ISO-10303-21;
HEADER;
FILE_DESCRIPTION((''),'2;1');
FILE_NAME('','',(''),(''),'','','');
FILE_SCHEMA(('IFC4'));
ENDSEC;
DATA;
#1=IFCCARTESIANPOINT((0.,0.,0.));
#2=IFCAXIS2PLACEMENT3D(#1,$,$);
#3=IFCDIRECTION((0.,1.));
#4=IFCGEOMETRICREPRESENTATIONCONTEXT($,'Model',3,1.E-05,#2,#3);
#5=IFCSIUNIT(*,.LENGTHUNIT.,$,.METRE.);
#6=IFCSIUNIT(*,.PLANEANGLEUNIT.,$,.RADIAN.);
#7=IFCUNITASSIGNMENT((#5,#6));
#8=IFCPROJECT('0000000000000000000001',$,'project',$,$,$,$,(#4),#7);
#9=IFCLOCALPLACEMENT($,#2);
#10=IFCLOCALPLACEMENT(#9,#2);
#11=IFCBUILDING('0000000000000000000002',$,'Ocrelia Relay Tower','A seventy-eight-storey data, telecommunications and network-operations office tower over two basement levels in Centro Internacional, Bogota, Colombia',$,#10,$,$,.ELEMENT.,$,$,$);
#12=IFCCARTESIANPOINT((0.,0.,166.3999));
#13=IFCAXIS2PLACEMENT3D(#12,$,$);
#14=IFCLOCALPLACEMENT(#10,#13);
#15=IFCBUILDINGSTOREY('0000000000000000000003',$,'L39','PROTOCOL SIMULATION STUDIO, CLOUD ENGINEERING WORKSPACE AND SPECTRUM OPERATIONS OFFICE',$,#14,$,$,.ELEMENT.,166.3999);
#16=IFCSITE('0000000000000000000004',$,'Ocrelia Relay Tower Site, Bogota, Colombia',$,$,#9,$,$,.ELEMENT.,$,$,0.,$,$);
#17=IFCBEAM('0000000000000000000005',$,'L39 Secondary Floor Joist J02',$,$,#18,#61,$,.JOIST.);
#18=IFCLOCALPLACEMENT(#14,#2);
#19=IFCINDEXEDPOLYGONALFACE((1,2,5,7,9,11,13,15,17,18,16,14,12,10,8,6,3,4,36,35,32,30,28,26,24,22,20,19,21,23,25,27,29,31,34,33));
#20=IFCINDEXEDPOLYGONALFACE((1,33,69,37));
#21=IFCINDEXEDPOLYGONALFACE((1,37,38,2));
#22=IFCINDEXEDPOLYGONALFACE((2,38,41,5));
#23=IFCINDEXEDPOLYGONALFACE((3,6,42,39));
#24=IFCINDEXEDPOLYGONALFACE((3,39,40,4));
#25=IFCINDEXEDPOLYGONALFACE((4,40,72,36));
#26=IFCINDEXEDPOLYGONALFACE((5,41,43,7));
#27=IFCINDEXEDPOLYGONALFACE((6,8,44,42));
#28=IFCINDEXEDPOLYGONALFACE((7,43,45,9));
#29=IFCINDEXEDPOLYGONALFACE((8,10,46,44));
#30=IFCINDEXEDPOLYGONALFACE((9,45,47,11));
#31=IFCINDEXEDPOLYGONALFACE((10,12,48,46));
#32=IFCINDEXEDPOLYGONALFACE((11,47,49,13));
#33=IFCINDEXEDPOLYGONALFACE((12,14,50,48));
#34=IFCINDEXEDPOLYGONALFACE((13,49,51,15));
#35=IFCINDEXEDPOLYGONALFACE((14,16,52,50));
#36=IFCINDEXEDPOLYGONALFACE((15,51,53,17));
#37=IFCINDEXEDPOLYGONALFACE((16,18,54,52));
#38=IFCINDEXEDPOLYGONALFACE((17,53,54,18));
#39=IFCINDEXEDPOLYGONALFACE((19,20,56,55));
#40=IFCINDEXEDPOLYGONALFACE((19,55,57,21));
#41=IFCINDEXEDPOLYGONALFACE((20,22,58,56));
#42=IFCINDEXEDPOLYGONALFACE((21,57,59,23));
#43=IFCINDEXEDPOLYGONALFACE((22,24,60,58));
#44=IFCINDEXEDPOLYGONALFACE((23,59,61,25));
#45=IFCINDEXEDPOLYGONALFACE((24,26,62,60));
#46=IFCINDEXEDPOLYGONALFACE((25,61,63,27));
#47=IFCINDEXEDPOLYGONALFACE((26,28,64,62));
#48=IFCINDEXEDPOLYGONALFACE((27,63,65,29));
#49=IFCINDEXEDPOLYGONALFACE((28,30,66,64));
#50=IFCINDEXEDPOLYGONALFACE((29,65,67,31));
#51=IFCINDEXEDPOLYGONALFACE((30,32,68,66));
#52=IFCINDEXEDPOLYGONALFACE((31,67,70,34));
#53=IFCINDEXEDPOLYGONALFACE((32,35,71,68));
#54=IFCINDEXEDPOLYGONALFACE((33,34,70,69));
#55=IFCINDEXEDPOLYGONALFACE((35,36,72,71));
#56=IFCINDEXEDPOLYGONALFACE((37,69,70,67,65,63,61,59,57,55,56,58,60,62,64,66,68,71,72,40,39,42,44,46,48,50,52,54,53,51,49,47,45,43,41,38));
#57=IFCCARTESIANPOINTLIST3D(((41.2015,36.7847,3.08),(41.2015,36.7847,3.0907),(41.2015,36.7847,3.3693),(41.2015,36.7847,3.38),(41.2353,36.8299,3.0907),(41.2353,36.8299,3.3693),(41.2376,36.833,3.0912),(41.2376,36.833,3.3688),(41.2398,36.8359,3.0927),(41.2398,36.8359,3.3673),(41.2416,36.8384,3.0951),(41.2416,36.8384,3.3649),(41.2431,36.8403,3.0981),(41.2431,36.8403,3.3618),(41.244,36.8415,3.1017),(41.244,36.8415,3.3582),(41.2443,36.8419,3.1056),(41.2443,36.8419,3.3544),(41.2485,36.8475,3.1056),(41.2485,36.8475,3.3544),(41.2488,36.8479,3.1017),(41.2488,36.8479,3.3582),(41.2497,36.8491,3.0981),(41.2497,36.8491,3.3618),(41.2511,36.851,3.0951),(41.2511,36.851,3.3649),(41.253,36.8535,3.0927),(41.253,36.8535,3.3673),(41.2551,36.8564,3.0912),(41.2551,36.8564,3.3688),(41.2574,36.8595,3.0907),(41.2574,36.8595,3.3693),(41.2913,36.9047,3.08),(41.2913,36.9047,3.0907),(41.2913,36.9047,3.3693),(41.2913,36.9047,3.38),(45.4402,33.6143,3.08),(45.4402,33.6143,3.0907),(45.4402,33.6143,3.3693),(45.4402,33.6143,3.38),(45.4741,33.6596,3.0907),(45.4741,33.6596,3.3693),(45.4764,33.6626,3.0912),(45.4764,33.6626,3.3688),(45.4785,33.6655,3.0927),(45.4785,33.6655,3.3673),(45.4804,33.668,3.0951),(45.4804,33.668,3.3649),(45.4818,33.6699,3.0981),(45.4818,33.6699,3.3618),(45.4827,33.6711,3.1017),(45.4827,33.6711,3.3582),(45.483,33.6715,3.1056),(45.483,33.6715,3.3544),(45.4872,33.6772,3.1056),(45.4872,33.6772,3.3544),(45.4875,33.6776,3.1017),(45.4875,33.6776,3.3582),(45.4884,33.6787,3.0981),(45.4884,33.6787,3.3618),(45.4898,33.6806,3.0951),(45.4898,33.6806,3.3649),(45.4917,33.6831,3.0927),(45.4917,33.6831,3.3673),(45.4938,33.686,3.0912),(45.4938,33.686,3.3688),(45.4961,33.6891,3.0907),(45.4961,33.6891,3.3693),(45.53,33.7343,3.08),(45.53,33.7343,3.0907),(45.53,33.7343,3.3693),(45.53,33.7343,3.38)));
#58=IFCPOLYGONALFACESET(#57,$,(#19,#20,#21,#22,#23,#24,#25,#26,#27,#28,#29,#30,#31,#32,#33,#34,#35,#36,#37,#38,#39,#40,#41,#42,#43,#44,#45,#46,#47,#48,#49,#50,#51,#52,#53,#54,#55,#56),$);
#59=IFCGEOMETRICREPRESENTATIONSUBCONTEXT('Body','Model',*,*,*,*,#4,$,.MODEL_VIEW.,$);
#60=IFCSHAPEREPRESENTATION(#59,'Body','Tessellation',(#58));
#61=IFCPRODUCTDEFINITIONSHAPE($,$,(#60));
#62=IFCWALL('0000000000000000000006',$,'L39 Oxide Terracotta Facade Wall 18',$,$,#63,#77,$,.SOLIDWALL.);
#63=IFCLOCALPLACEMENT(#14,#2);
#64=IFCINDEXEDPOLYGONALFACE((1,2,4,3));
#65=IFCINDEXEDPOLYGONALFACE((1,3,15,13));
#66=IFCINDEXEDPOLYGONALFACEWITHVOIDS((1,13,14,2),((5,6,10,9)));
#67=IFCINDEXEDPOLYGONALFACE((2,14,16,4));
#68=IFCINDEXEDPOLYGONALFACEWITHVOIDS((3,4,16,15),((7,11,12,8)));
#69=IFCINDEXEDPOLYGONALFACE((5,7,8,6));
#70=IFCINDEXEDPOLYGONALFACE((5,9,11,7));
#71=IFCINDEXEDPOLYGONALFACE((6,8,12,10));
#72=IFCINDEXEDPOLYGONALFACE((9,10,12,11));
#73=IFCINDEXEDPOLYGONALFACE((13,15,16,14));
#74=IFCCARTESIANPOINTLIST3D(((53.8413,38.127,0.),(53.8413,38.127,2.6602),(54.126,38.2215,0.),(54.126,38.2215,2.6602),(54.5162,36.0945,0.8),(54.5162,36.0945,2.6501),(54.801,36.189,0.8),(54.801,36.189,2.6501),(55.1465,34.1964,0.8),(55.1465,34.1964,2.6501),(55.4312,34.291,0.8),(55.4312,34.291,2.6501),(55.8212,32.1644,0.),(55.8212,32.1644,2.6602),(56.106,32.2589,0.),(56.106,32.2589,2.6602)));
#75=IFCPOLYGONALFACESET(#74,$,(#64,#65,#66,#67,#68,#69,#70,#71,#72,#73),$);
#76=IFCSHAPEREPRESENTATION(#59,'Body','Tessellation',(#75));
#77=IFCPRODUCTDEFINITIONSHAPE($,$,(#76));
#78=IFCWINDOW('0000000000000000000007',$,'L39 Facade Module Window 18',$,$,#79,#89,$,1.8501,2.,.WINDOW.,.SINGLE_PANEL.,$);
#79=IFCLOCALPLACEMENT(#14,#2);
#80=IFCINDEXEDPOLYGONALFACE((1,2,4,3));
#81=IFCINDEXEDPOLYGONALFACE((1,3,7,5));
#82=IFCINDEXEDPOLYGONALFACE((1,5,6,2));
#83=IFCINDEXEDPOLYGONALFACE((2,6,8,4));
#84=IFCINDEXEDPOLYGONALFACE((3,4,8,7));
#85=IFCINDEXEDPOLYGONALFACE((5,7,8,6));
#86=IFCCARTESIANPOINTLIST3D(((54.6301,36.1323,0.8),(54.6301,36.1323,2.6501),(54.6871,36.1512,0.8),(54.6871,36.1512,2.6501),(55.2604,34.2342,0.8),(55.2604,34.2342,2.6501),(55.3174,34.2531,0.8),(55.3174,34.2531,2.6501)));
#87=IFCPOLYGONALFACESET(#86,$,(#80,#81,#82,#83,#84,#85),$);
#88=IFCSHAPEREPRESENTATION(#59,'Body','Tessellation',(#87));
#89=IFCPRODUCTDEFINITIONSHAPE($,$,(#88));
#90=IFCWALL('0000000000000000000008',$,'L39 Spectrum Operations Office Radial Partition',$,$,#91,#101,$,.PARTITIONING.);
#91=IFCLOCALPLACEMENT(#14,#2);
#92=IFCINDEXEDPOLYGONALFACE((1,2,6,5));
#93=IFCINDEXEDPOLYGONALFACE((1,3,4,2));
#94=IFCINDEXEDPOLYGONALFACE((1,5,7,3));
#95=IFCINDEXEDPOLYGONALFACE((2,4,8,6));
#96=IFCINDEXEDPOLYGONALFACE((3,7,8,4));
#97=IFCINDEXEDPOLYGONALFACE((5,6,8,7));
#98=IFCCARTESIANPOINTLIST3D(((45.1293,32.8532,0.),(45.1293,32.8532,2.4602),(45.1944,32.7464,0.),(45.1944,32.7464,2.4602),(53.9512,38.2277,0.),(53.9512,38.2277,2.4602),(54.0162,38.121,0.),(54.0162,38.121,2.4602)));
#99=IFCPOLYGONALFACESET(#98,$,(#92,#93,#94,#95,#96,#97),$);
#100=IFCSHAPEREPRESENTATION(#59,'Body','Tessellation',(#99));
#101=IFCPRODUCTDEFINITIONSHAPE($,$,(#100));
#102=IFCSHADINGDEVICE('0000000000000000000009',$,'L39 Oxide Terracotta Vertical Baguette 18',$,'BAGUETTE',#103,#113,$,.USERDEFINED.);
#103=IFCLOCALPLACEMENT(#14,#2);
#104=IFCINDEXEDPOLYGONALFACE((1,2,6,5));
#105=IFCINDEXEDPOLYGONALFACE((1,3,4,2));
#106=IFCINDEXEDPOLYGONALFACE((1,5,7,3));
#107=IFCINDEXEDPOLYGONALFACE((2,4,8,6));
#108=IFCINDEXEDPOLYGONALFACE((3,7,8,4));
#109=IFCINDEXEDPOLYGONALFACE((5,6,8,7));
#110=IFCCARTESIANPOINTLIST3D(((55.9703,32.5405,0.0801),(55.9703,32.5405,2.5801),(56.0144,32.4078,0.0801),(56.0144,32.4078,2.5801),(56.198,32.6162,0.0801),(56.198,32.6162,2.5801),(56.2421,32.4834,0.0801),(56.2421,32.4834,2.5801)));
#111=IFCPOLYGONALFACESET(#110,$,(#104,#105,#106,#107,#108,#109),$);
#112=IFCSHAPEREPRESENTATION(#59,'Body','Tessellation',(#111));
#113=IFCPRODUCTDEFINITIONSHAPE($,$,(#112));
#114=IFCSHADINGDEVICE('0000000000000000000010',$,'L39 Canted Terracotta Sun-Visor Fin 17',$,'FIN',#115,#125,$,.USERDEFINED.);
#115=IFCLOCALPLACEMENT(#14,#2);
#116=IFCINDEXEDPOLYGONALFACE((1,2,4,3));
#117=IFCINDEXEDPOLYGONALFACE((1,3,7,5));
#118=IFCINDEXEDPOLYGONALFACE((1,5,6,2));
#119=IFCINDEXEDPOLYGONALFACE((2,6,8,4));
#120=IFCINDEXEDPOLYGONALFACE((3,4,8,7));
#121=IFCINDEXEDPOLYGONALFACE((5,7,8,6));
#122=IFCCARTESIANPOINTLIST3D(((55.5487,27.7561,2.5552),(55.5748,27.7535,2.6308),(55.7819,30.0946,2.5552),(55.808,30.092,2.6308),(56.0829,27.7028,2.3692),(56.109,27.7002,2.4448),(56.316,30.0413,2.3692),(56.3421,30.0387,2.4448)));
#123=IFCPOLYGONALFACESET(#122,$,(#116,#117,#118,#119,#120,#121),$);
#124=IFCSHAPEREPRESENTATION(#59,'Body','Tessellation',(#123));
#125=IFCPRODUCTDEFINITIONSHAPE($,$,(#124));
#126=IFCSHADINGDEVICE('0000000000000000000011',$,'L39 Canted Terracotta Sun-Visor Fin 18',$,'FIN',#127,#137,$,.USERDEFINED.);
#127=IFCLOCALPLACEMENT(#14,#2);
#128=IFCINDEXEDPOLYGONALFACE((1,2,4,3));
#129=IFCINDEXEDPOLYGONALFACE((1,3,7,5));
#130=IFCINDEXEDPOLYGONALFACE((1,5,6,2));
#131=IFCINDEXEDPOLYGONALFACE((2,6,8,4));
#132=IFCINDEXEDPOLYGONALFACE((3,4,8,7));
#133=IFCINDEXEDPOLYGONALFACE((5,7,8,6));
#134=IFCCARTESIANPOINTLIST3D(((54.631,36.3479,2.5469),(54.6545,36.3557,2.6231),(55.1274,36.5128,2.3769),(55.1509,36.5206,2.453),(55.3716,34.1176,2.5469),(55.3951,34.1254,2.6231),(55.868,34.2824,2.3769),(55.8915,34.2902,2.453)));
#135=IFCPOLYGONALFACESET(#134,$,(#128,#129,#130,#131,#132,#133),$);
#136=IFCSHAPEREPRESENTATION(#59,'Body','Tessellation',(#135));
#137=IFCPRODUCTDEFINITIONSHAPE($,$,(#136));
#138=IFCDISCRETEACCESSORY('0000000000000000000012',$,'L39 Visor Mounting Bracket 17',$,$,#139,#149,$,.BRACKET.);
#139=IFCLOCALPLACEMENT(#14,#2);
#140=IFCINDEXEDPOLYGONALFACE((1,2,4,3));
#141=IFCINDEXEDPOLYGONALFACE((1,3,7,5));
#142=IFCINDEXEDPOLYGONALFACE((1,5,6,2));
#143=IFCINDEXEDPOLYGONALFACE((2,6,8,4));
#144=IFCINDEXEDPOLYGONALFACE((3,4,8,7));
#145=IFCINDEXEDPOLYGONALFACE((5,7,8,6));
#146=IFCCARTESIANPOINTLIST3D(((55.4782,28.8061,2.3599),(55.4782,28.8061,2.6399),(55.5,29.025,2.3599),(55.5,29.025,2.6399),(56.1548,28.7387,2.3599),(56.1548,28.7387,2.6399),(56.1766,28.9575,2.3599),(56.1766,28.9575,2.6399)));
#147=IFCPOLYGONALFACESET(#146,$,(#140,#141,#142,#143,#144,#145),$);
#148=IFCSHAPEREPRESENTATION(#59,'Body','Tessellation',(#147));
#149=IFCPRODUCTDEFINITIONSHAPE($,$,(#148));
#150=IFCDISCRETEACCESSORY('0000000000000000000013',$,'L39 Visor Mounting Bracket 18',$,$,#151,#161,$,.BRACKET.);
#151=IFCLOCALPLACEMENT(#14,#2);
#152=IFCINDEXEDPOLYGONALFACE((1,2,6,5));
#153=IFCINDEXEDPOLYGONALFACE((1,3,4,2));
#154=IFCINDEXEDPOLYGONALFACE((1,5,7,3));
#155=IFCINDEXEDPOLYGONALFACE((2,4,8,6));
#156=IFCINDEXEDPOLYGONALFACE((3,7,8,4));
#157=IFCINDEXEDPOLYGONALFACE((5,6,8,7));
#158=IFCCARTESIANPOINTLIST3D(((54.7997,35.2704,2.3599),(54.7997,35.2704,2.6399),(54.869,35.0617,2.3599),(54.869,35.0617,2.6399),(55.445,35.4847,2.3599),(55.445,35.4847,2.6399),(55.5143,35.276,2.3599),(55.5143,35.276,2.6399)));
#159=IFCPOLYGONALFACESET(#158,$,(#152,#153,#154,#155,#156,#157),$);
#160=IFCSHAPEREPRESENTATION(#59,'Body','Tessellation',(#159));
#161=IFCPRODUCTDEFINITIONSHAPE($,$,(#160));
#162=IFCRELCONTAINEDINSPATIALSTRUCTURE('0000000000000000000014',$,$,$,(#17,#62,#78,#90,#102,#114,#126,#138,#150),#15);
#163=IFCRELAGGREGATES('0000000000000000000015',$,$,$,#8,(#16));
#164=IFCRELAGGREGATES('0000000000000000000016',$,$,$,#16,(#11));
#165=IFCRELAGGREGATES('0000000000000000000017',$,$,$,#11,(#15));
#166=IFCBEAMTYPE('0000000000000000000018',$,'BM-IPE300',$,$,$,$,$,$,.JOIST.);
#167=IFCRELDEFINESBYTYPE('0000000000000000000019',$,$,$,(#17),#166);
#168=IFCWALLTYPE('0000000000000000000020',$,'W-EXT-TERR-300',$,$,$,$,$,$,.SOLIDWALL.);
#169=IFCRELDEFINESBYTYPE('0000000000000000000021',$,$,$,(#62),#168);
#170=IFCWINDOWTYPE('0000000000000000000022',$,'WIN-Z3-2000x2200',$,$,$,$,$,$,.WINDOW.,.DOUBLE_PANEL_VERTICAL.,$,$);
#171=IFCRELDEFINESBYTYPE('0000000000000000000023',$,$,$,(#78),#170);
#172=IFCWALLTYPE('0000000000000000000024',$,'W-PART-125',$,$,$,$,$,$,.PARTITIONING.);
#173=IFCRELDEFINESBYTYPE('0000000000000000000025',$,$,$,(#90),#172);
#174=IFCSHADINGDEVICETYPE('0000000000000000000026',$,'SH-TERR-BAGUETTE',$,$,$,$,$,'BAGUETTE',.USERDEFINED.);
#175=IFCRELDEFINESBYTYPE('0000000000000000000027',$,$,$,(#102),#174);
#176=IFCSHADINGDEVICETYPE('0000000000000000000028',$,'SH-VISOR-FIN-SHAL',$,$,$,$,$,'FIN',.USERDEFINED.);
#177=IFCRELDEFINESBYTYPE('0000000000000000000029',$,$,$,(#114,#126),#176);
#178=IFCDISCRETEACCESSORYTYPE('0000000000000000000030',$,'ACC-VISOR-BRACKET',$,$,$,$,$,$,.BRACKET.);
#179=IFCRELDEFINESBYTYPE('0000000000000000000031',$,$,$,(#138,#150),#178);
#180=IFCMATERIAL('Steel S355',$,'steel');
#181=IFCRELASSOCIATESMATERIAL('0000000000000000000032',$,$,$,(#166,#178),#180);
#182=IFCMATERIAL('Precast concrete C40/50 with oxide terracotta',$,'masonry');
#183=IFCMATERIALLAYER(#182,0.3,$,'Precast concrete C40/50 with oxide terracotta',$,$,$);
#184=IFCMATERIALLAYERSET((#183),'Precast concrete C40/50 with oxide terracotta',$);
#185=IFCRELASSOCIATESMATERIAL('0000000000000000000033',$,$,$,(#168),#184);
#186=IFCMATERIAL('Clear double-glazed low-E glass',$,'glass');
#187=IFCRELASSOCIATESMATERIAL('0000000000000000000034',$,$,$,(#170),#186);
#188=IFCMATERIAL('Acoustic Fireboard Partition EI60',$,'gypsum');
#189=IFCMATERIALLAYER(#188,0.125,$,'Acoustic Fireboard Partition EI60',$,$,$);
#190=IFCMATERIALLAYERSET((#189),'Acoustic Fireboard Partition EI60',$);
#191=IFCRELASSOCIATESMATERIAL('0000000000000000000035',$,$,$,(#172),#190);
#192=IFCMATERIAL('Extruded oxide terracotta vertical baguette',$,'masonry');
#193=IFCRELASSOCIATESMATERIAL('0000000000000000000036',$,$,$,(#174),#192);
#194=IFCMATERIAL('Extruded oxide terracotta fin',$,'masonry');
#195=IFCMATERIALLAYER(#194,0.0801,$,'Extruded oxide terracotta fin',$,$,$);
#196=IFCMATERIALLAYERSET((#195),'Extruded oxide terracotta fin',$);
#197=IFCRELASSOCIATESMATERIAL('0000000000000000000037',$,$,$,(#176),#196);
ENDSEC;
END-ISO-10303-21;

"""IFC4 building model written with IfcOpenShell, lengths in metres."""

from ifc_helpers import new_model, si_unit, direction, frame, frame_2d, origin, origin_2d, place, context, subcontext, project, spatial, rectangle, i_section, extrude, material, layer, layer_set, material_profile, profile_set, type_object, element, fill, save


model = new_model("IFC4")

# Units and contexts
model_context = context("Model", 3, precision=1e-05, world=origin(), true_north=direction((0.0, 1.0)))
body_context = subcontext(model_context, "Body", "Model", "MODEL_VIEW")
ifc_project = project(units=[si_unit("LENGTHUNIT", "METRE"), si_unit("PLANEANGLEUNIT", "RADIAN")], contexts=[model_context])

# Site, building, storey
site_placement = place(None, origin())
site = spatial("IfcSite", under=ifc_project, at=site_placement, Name="Ocrelia Relay Tower Site, Bogota, Colombia", CompositionType="ELEMENT", RefElevation=0.0)
building_placement = place(site_placement, origin())
building = spatial("IfcBuilding", under=site, at=building_placement, Name="Ocrelia Relay Tower", Description="A seventy-eight-storey data, telecommunications and network-operations office tower over two basement levels in Centro Internacional, Bogota, Colombia", CompositionType="ELEMENT")
storey_placement = place(building_placement, frame((0.0, 0.0, 166.3999)))
storey = spatial("IfcBuildingStorey", under=building, at=storey_placement, Name="L39", Description="PROTOCOL SIMULATION STUDIO, CLOUD ENGINEERING WORKSPACE AND SPECTRUM OPERATIONS OFFICE", CompositionType="ELEMENT", Elevation=166.3999)

# Beam
ifc_material_1 = material(Name="Steel S355", Category="steel")
ifc_material_profile_1 = material_profile(ifc_material_1, i_section(OverallWidth=0.1499, OverallDepth=0.3, WebThickness=0.0071, FlangeThickness=0.0107, FilletRadius=0.0149, at=origin_2d()), Name="IPE 300")
ifc_profile_set_1 = profile_set([ifc_material_profile_1], Name="Steel S355")
beam_type_1 = type_object("IfcBeamType", Name="BM-IPE300", PredefinedType="JOIST", material=ifc_profile_set_1)
beam_1_placement = place(storey_placement, frame((45.4851, 33.6743, 3.23), z_axis=(-0.800785, 0.598952, 0.0), x_axis=(-0.598952, -0.800785, 0.0)))
element("IfcBeam", 1, at=beam_1_placement, inside=storey, type_object=beam_type_1, Name="L39 Secondary Floor Joist J02", PredefinedType="JOIST", context=body_context, shape_type="SweptSolid", body=[
    extrude(i_section(OverallWidth=0.1499, OverallDepth=0.3, WebThickness=0.0071, FlangeThickness=0.0107, FilletRadius=0.0149, at=origin_2d()), origin(), (0.0, 0.0, 1.0), 5.2932),
])

# Wall, opening, window
ifc_material_2 = material(Name="Precast concrete C40/50 with oxide terracotta", Category="masonry")
ifc_layer_1 = layer(ifc_material_2, 0.3, Name="Precast concrete C40/50 with oxide terracotta")
ifc_layer_set_1 = layer_set([ifc_layer_1], Name="Precast concrete C40/50 with oxide terracotta")
wall_type_1 = type_object("IfcWallType", Name="W-EXT-TERR-300", PredefinedType="SOLIDWALL", material=ifc_layer_set_1)
wall_1_placement = place(storey_placement, frame((55.9636, 32.2117, 0.0), z_axis=(0.0, 0.0, 1.0), x_axis=(-0.315143, 0.949044, 0.0)))
wall_1 = element("IfcWall", 2, at=wall_1_placement, inside=storey, type_object=wall_type_1, Name="L39 Oxide Terracotta Facade Wall 18", PredefinedType="SOLIDWALL", context=body_context, shape_type="SweptSolid", body=[
    extrude(rectangle(XDim=6.2827, YDim=0.3, at=frame_2d((3.1414, 0.0))), origin(), (0.0, 0.0, 1.0), 2.6602),
])
opening_1_placement = place(wall_1_placement, frame((2.1411, 0.0, 0.8)))
opening_1 = element("IfcOpeningElement", 3, at=opening_1_placement, cuts=wall_1, PredefinedType="OPENING", context=body_context, shape_type="SweptSolid", body=[
    extrude(rectangle(XDim=2.0, YDim=1.8501, at=frame_2d((1.0, 0.925))), frame((0.0, 0.1602, 0.0), z_axis=(0.0, -1.0, 0.0), x_axis=(1.0, 0.0, 0.0)), (0.0, 0.0, 1.0), 0.3201),
])
ifc_material_3 = material(Name="Clear double-glazed low-E glass", Category="glass")
window_type = type_object("IfcWindowType", Name="WIN-Z3-2000x2200", PartitioningType="DOUBLE_PANEL_VERTICAL", PredefinedType="WINDOW", material=ifc_material_3)
window_placement = place(opening_1_placement, origin())
window = element("IfcWindow", 4, at=window_placement, inside=storey, type_object=window_type, Name="L39 Facade Module Window 18", OverallHeight=1.8501, OverallWidth=2.0, PartitioningType="SINGLE_PANEL", PredefinedType="WINDOW", context=body_context, shape_type="SweptSolid", body=[
    extrude(rectangle(XDim=2.0, YDim=1.8501, at=frame_2d((1.0, 0.925))), frame((0.0, 0.03, 0.0), z_axis=(0.0, -1.0, 0.0), x_axis=(1.0, 0.0, 0.0)), (0.0, 0.0, 1.0), 0.0601),
])
fill(opening_1, window)

# Wall
ifc_material_4 = material(Name="Acoustic Fireboard Partition EI60", Category="gypsum")
ifc_layer_2 = layer(ifc_material_4, 0.125, Name="Acoustic Fireboard Partition EI60")
ifc_layer_set_2 = layer_set([ifc_layer_2], Name="Acoustic Fireboard Partition EI60")
wall_type_2 = type_object("IfcWallType", Name="W-PART-125", PredefinedType="PARTITIONING", material=ifc_layer_set_2)
wall_2_placement = place(storey_placement, frame((45.1619, 32.7998, 0.0), z_axis=(0.0, 0.0, 1.0), x_axis=(0.853995, 0.520281, 0.0)))
element("IfcWall", 5, at=wall_2_placement, inside=storey, type_object=wall_type_2, Name="L39 Spectrum Operations Office Radial Partition", PredefinedType="PARTITIONING", context=body_context, shape_type="SweptSolid", body=[
    extrude(rectangle(XDim=10.3301, YDim=0.125, at=frame_2d((5.165, 0.0))), origin(), (0.0, 0.0, 1.0), 2.4602),
])

# Shading devices
ifc_material_5 = material(Name="Extruded oxide terracotta vertical baguette", Category="masonry")
shading_device_type_1 = type_object("IfcShadingDeviceType", Name="SH-TERR-BAGUETTE", ElementType="BAGUETTE", PredefinedType="USERDEFINED", material=ifc_material_5)
shading_device_1_placement = place(storey_placement, frame((56.1062, 32.512, 0.0801), z_axis=(0.0, 0.0, 1.0), x_axis=(-0.315148, 0.949042, 0.0)))
element("IfcShadingDevice", 6, at=shading_device_1_placement, inside=storey, type_object=shading_device_type_1, Name="L39 Oxide Terracotta Vertical Baguette 18", ObjectType="BAGUETTE", PredefinedType="USERDEFINED", context=body_context, shape_type="SweptSolid", body=[
    extrude(rectangle(XDim=0.1399, YDim=0.24, at=origin_2d()), origin(), (0.0, 0.0, 1.0), 2.5),
])
ifc_material_6 = material(Name="Extruded oxide terracotta fin", Category="masonry")
ifc_layer_3 = layer(ifc_material_6, 0.0801, Name="Extruded oxide terracotta fin")
ifc_layer_set_3 = layer_set([ifc_layer_3], Name="Extruded oxide terracotta fin")
shading_device_type_2 = type_object("IfcShadingDeviceType", Name="SH-VISOR-FIN-SHAL", ElementType="FIN", PredefinedType="USERDEFINED", material=ifc_layer_set_3)
shading_device_2_placement = place(storey_placement, frame((55.9324, 28.8987, 2.4622), z_axis=(0.325768, -0.032481, 0.944892), x_axis=(0.099215, 0.995066, 0.0)))
element("IfcShadingDevice", 7, at=shading_device_2_placement, inside=storey, type_object=shading_device_type_2, Name="L39 Canted Terracotta Sun-Visor Fin 17", ObjectType="FIN", PredefinedType="USERDEFINED", context=body_context, shape_type="SweptSolid", body=[
    extrude(rectangle(XDim=2.3501, YDim=0.5681, at=origin_2d()), origin(), (0.0, 0.0, 1.0), 0.0801),
])
shading_device_3_placement = place(storey_placement, frame((55.2495, 35.3152, 2.4619), z_axis=(0.293428, 0.097439, 0.951003), x_axis=(-0.315148, 0.949042, 0.0)))
element("IfcShadingDevice", 8, at=shading_device_3_placement, inside=storey, type_object=shading_device_type_2, Name="L39 Canted Terracotta Sun-Visor Fin 18", ObjectType="FIN", PredefinedType="USERDEFINED", context=body_context, shape_type="SweptSolid", body=[
    extrude(rectangle(XDim=2.3501, YDim=0.55, at=origin_2d()), origin(), (0.0, 0.0, 1.0), 0.0801),
])

# Discrete accessories
discrete_accessory_type = type_object("IfcDiscreteAccessoryType", Name="ACC-VISOR-BRACKET", PredefinedType="BRACKET", material=ifc_material_1)
for number, where, z_axis, x_axis, name in (
    (9, (55.8274, 28.8818, 2.3599), (0.0, 0.0, 1.0), (0.099215, 0.995066, 0.0), "L39 Visor Mounting Bracket 17"),
    (10, (55.157, 35.2732, 2.3599), (0.0, 0.0, 1.0), (-0.315148, 0.949042, 0.0), "L39 Visor Mounting Bracket 18"),
):
    element("IfcDiscreteAccessory", number, at=place(storey_placement, frame(where, z_axis=z_axis, x_axis=x_axis)), inside=storey, type_object=discrete_accessory_type, Name=name, PredefinedType="BRACKET", context=body_context, shape_type="SweptSolid", body=[
        extrude(rectangle(XDim=0.22, YDim=0.6799, at=origin_2d()), origin(), (0.0, 0.0, 1.0), 0.28),
    ])

save(model, "model.ifc")
